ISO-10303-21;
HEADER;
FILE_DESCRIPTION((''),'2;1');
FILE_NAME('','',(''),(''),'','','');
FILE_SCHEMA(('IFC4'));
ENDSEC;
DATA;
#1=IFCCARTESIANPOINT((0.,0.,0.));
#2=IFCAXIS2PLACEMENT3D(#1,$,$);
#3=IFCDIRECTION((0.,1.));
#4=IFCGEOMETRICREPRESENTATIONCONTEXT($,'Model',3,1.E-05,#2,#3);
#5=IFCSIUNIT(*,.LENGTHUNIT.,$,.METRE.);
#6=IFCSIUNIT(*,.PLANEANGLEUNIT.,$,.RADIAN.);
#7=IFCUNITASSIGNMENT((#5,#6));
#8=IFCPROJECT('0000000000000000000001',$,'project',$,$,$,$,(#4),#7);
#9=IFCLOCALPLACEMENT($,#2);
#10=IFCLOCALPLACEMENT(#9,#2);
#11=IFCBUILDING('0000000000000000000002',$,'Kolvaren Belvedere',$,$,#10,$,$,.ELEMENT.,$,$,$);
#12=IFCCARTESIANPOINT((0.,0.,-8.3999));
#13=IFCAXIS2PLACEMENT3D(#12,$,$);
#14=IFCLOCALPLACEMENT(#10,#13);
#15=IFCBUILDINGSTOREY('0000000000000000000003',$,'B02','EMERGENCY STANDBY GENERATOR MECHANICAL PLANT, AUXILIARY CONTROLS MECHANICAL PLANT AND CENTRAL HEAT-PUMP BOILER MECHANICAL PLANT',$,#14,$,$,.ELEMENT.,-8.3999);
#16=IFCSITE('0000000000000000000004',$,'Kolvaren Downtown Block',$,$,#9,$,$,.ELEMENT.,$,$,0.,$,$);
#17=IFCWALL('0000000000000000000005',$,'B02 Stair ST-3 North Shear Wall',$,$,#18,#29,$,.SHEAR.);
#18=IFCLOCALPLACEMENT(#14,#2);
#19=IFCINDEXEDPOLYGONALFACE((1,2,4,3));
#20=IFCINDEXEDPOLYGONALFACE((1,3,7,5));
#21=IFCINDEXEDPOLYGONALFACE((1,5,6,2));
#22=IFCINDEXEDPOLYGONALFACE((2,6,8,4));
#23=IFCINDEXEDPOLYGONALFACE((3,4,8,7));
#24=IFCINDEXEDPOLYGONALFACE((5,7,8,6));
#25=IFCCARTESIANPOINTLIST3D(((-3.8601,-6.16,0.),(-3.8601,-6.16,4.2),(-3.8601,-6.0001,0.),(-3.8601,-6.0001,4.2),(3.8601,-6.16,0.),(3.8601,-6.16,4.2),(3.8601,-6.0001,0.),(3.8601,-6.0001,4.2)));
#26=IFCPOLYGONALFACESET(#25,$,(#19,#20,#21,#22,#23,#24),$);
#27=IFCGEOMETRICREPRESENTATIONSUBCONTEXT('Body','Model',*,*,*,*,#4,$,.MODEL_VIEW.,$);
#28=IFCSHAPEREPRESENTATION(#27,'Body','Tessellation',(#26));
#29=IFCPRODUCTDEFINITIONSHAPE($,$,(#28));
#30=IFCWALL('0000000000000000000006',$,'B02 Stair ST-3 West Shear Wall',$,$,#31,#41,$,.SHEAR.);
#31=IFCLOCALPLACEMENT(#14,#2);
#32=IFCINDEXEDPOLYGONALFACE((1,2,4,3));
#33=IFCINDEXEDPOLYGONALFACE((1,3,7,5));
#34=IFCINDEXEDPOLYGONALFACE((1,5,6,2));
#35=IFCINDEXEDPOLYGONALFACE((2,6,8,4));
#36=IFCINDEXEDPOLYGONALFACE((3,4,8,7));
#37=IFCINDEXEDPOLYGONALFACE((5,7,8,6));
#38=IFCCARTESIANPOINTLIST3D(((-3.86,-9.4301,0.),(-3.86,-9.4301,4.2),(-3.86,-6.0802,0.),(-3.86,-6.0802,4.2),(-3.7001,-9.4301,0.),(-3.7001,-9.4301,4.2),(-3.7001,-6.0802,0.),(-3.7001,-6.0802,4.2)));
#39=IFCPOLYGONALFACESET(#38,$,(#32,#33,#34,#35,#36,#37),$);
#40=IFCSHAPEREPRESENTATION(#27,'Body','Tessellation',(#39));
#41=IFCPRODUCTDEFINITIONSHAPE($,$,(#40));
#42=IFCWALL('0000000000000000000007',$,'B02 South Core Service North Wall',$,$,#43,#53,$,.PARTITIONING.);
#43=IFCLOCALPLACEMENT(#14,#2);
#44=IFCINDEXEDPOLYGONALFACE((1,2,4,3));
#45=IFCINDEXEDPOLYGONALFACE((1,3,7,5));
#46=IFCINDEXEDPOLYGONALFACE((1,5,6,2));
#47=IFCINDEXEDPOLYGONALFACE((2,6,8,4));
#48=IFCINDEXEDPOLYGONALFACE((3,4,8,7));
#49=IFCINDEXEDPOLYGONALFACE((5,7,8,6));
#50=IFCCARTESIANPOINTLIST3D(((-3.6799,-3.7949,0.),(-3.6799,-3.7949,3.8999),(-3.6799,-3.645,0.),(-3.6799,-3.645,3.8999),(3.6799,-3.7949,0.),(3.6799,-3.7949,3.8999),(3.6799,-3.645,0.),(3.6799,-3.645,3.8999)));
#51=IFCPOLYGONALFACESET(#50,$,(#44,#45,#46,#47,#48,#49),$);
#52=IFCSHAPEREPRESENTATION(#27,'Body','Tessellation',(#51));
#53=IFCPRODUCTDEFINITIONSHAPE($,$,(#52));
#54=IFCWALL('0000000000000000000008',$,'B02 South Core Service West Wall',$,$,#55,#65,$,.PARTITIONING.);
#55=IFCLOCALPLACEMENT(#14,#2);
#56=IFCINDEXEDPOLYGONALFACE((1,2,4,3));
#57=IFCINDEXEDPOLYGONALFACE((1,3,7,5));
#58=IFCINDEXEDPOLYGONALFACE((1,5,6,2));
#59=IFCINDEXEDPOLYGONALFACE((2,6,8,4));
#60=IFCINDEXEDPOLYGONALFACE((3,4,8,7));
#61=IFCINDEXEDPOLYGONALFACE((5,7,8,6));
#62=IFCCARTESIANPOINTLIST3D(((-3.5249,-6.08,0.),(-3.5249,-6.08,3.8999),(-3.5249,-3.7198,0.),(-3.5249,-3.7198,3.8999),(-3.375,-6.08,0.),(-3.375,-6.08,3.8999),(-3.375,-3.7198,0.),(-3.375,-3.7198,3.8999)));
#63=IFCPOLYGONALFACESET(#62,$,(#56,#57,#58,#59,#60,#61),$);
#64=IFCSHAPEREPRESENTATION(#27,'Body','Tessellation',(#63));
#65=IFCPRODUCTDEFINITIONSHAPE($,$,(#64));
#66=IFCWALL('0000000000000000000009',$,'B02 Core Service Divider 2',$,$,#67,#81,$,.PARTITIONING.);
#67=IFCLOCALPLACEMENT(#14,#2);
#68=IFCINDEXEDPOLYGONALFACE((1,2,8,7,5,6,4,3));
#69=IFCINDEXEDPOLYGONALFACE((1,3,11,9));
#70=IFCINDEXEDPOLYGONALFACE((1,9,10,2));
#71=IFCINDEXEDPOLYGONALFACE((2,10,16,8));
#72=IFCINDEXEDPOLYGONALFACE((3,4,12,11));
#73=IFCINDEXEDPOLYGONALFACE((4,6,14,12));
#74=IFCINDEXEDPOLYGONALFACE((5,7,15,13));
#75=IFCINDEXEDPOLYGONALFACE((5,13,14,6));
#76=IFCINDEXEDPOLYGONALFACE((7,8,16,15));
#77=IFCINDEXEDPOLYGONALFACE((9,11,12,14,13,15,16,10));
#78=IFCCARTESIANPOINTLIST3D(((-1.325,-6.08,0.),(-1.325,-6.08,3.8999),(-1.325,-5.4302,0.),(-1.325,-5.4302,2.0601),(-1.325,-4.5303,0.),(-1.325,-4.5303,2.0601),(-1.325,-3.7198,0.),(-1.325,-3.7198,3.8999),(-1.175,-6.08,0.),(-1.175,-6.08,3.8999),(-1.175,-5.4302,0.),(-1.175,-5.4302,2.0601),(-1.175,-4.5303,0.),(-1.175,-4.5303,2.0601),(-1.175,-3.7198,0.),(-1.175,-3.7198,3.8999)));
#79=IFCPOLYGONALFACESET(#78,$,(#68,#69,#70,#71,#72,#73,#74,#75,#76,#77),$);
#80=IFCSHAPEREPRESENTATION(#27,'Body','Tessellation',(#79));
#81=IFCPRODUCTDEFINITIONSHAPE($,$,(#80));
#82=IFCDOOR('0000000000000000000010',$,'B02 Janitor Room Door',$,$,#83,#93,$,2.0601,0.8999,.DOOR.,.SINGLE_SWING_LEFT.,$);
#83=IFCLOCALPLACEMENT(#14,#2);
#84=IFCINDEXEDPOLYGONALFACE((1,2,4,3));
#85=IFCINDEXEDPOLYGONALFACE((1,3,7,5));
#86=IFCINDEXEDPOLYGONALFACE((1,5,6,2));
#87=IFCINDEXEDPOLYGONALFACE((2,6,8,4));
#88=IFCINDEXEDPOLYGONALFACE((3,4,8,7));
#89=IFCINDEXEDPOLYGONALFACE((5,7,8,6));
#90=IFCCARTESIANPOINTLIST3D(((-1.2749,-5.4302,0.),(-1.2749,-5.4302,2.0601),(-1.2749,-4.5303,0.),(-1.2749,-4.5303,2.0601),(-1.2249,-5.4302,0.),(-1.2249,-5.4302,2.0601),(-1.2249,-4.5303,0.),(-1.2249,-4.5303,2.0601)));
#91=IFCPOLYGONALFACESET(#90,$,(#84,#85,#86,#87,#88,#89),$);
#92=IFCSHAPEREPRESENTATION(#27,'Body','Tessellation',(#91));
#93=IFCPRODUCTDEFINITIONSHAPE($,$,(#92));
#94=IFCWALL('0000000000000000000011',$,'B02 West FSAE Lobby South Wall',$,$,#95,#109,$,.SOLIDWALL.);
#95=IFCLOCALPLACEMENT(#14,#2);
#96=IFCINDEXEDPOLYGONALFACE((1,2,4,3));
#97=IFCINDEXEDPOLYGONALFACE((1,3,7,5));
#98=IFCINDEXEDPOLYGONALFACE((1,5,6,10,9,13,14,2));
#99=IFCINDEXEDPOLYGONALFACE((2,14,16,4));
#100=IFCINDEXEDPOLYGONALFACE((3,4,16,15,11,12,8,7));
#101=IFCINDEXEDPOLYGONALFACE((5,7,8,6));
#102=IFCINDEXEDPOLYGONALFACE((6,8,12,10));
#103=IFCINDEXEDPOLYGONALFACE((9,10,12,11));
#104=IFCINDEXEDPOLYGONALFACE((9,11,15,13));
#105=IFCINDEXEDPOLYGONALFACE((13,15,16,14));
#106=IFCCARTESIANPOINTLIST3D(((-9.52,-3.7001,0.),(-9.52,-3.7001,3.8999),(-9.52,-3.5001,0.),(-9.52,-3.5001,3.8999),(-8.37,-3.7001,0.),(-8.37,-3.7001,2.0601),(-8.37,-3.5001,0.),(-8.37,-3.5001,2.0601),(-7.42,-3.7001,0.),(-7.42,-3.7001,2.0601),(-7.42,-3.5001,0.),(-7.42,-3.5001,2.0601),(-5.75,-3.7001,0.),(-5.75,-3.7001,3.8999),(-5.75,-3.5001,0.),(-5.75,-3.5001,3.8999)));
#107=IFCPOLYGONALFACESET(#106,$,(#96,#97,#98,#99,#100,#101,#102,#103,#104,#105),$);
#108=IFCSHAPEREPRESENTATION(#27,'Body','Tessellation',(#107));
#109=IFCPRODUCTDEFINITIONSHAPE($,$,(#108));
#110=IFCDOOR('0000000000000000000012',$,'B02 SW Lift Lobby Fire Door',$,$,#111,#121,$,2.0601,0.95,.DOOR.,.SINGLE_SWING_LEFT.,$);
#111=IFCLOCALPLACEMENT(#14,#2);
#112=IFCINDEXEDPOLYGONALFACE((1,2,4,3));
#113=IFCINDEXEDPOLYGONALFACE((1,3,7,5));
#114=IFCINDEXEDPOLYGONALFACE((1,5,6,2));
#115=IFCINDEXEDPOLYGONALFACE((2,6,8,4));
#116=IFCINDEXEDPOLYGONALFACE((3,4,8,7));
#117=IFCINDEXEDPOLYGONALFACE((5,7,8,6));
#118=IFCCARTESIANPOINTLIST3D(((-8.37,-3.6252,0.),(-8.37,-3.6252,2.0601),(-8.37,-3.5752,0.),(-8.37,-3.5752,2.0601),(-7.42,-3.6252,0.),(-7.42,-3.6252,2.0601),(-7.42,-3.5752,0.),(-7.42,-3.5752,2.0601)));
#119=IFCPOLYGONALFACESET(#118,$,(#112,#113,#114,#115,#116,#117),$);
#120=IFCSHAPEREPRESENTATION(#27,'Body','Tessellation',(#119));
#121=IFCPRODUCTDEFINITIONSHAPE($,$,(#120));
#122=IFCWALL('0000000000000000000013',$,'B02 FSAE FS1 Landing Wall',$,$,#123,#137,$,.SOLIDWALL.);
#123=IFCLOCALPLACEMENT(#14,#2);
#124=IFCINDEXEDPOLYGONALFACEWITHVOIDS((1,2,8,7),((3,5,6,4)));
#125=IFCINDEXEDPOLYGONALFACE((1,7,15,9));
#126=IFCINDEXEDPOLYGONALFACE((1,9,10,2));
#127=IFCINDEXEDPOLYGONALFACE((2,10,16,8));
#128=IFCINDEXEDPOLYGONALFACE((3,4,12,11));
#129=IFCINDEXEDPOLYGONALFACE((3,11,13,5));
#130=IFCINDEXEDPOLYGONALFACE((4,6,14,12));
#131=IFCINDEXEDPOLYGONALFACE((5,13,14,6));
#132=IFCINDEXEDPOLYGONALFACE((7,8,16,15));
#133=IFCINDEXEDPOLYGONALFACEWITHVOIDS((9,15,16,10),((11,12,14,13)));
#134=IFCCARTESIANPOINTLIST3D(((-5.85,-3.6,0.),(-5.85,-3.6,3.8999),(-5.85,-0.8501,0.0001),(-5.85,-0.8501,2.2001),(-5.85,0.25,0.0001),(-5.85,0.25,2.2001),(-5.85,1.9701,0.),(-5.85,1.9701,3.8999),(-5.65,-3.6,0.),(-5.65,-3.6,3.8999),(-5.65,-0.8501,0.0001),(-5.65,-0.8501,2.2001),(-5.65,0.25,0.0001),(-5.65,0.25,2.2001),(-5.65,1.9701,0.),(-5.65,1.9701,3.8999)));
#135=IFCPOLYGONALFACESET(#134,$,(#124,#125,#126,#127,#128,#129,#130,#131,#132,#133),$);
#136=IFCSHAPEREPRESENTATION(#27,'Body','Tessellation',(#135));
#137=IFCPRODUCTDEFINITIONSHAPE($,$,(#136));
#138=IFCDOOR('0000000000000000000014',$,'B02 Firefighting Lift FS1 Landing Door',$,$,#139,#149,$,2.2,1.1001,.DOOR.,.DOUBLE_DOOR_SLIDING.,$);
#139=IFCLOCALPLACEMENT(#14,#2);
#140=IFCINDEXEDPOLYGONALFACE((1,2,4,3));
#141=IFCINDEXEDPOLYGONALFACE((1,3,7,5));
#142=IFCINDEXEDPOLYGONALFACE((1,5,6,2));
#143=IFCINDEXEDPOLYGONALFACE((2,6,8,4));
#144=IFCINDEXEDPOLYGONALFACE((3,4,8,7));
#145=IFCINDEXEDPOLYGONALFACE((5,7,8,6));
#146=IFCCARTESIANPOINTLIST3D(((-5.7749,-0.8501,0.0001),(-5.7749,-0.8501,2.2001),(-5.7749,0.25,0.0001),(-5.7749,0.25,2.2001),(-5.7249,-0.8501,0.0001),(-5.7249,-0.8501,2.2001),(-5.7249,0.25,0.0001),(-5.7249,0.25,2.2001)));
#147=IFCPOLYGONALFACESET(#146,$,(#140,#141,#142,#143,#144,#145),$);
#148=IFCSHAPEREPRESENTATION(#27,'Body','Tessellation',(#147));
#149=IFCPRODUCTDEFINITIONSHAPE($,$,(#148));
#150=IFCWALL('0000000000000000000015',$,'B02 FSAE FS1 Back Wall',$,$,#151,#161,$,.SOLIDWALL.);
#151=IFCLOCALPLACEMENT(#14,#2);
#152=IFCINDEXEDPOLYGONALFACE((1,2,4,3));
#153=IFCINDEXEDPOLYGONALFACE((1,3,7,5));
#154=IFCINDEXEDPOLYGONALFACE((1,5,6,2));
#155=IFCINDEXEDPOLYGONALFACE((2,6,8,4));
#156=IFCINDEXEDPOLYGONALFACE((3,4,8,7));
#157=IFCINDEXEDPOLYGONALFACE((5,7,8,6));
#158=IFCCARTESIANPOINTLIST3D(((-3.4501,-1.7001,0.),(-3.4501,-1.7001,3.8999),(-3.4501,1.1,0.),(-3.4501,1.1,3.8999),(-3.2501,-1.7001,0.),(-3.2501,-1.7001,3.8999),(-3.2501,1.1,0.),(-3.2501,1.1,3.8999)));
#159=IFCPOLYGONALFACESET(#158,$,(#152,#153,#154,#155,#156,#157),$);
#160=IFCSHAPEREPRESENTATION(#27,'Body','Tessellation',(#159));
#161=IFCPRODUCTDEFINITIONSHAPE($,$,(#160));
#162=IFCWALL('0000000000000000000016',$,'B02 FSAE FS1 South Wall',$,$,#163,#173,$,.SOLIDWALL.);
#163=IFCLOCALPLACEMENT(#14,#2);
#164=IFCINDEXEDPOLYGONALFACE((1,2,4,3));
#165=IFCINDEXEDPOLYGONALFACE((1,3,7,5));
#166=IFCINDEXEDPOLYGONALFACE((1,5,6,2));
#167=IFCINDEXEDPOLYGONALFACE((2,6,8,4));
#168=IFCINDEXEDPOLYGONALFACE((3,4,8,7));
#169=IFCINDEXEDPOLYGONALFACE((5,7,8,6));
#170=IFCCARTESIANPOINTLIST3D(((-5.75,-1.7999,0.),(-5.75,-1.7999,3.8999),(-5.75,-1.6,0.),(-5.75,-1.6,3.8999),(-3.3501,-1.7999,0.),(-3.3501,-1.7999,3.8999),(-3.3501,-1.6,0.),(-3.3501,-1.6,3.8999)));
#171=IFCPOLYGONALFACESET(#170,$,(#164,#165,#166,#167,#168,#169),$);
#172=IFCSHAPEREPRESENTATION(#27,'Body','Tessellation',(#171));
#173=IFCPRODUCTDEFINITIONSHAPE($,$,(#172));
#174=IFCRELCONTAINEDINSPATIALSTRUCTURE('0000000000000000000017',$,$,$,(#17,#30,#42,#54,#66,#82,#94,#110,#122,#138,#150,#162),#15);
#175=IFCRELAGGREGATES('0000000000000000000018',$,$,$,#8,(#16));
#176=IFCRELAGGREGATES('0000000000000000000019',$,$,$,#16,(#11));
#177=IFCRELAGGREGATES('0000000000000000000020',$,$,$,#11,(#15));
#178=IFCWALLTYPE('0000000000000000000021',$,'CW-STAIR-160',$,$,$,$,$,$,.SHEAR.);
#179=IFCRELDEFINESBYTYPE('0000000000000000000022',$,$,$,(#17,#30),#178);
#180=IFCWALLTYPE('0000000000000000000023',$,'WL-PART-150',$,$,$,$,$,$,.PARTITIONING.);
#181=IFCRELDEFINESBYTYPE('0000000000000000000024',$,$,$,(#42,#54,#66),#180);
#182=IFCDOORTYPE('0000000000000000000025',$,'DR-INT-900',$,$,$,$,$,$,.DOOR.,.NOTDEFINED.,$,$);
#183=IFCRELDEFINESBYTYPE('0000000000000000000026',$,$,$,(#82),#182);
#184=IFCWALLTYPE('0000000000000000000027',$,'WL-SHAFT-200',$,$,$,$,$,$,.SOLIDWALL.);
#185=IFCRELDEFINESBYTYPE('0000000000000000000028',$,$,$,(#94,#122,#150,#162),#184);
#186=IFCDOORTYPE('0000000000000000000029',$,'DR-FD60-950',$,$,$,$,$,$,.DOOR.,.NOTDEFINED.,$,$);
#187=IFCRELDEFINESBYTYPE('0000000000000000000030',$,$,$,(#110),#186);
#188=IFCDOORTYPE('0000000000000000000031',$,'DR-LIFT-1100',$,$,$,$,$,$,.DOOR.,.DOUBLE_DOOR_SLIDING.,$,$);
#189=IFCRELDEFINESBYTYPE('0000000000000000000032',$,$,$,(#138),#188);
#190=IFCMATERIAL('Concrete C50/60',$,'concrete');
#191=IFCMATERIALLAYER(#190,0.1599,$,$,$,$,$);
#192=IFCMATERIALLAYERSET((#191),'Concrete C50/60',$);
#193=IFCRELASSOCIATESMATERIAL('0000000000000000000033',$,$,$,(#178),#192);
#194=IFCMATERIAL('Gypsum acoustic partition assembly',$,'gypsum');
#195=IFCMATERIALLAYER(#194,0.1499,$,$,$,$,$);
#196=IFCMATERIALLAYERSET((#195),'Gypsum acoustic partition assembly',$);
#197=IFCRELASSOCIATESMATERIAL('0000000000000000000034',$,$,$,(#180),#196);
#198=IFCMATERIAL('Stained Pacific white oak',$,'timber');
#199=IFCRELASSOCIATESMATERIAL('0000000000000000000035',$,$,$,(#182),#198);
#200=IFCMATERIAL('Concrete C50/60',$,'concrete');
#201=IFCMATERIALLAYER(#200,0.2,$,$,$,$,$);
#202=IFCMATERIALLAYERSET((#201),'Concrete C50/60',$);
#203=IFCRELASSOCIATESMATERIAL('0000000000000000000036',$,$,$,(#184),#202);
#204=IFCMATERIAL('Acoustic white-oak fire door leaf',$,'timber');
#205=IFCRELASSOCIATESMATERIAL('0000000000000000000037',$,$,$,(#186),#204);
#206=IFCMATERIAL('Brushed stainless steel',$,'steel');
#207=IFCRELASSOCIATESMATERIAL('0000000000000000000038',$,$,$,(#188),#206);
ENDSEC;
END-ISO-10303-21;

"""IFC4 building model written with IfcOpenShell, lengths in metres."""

from ifc_helpers import new_model, si_unit, direction, frame, frame_2d, origin, place, context, subcontext, project, spatial, rectangle, extrude, material, layer, layer_set, type_object, element, fill, save


model = new_model("IFC4")

# Units and contexts
model_context = context("Model", 3, precision=1e-05, world=origin(), true_north=direction((0.0, 1.0)))
body_context = subcontext(model_context, "Body", "Model", "MODEL_VIEW")
ifc_project = project(units=[si_unit("LENGTHUNIT", "METRE"), si_unit("PLANEANGLEUNIT", "RADIAN")], contexts=[model_context])

# Site, building, storey
site_placement = place(None, origin())
site = spatial("IfcSite", under=ifc_project, at=site_placement, Name="Kolvaren Downtown Block", CompositionType="ELEMENT", RefElevation=0.0)
building_placement = place(site_placement, origin())
building = spatial("IfcBuilding", under=site, at=building_placement, Name="Kolvaren Belvedere", CompositionType="ELEMENT")
storey_placement = place(building_placement, frame((0.0, 0.0, -8.3999)))
storey = spatial("IfcBuildingStorey", under=building, at=storey_placement, Name="B02", Description="EMERGENCY STANDBY GENERATOR MECHANICAL PLANT, AUXILIARY CONTROLS MECHANICAL PLANT AND CENTRAL HEAT-PUMP BOILER MECHANICAL PLANT", CompositionType="ELEMENT", Elevation=-8.3999)

# Walls
ifc_material_1 = material(Name="Concrete C50/60", Category="concrete")
ifc_layer_1 = layer(ifc_material_1, 0.1599)
ifc_layer_set_1 = layer_set([ifc_layer_1], Name="Concrete C50/60")
wall_type_1 = type_object("IfcWallType", Name="CW-STAIR-160", PredefinedType="SHEAR", material=ifc_layer_set_1)
wall_1_placement = place(storey_placement, frame((-3.8601, -6.0801, 0.0), z_axis=(0.0, 0.0, 1.0), x_axis=(1.0, 0.0, 0.0)))
element("IfcWall", 1, at=wall_1_placement, inside=storey, type_object=wall_type_1, Name="B02 Stair ST-3 North Shear Wall", PredefinedType="SHEAR", context=body_context, shape_type="SweptSolid", body=[
    extrude(rectangle(XDim=7.7202, YDim=0.1599, at=frame_2d((3.8601, 0.0))), origin(), (0.0, 0.0, 1.0), 4.2),
])
wall_2_placement = place(storey_placement, frame((-3.78, -9.4299, 0.0), z_axis=(0.0, 0.0, 1.0), x_axis=(0.0, 1.0, 0.0)))
element("IfcWall", 2, at=wall_2_placement, inside=storey, type_object=wall_type_1, Name="B02 Stair ST-3 West Shear Wall", PredefinedType="SHEAR", context=body_context, shape_type="SweptSolid", body=[
    extrude(rectangle(XDim=3.3499, YDim=0.1599, at=frame_2d((1.6748, 0.0))), origin(), (0.0, 0.0, 1.0), 4.2),
])
ifc_material_2 = material(Name="Gypsum acoustic partition assembly", Category="gypsum")
ifc_layer_2 = layer(ifc_material_2, 0.1499)
ifc_layer_set_2 = layer_set([ifc_layer_2], Name="Gypsum acoustic partition assembly")
wall_type_2 = type_object("IfcWallType", Name="WL-PART-150", PredefinedType="PARTITIONING", material=ifc_layer_set_2)
wall_3_placement = place(storey_placement, frame((-3.6799, -3.72, 0.0), z_axis=(0.0, 0.0, 1.0), x_axis=(1.0, 0.0, 0.0)))
element("IfcWall", 3, at=wall_3_placement, inside=storey, type_object=wall_type_2, Name="B02 South Core Service North Wall", PredefinedType="PARTITIONING", context=body_context, shape_type="SweptSolid", body=[
    extrude(rectangle(XDim=7.3599, YDim=0.1499, at=frame_2d((3.6799, 0.0))), origin(), (0.0, 0.0, 1.0), 3.8999),
])
wall_4_placement = place(storey_placement, frame((-3.45, -6.0801, 0.0), z_axis=(0.0, 0.0, 1.0), x_axis=(0.0, 1.0, 0.0)))
element("IfcWall", 4, at=wall_4_placement, inside=storey, type_object=wall_type_2, Name="B02 South Core Service West Wall", PredefinedType="PARTITIONING", context=body_context, shape_type="SweptSolid", body=[
    extrude(rectangle(XDim=2.3601, YDim=0.1499, at=frame_2d((1.1802, 0.0))), origin(), (0.0, 0.0, 1.0), 3.8999),
])

# Walls, openings, doors
wall_5_placement = place(storey_placement, frame((-1.25, -6.0801, 0.0), z_axis=(0.0, 0.0, 1.0), x_axis=(0.0, 1.0, 0.0)))
wall_5 = element("IfcWall", 5, at=wall_5_placement, inside=storey, type_object=wall_type_2, Name="B02 Core Service Divider 2", PredefinedType="PARTITIONING", context=body_context, shape_type="SweptSolid", body=[
    extrude(rectangle(XDim=2.3601, YDim=0.1499, at=frame_2d((1.1802, 0.0))), origin(), (0.0, 0.0, 1.0), 3.8999),
])
opening_1_placement = place(wall_5_placement, frame((0.6499, 0.0, 0.0)))
opening_1 = element("IfcOpeningElement", 6, at=opening_1_placement, cuts=wall_5, PredefinedType="OPENING", context=body_context, shape_type="SweptSolid", body=[
    extrude(rectangle(XDim=0.8999, YDim=2.0601, at=frame_2d((0.45, 1.03))), frame((0.0, 0.085, 0.0), z_axis=(0.0, -1.0, 0.0), x_axis=(1.0, 0.0, 0.0)), (0.0, 0.0, 1.0), 0.1699),
])
ifc_material_3 = material(Name="Stained Pacific white oak", Category="timber")
door_type_1 = type_object("IfcDoorType", Name="DR-INT-900", OperationType="NOTDEFINED", PredefinedType="DOOR", material=ifc_material_3)
door_1_placement = place(opening_1_placement, origin())
door_1 = element("IfcDoor", 7, at=door_1_placement, inside=storey, type_object=door_type_1, Name="B02 Janitor Room Door", OperationType="SINGLE_SWING_LEFT", OverallHeight=2.0601, OverallWidth=0.8999, PredefinedType="DOOR", context=body_context, shape_type="SweptSolid", body=[
    extrude(rectangle(XDim=0.8999, YDim=2.0601, at=frame_2d((0.45, 1.03))), frame((0.0, 0.0249, 0.0), z_axis=(0.0, -1.0, 0.0), x_axis=(1.0, 0.0, 0.0)), (0.0, 0.0, 1.0), 0.05),
])
fill(opening_1, door_1)
ifc_material_4 = material(Name="Concrete C50/60", Category="concrete")
ifc_layer_3 = layer(ifc_material_4, 0.2)
ifc_layer_set_3 = layer_set([ifc_layer_3], Name="Concrete C50/60")
wall_type_3 = type_object("IfcWallType", Name="WL-SHAFT-200", PredefinedType="SOLIDWALL", material=ifc_layer_set_3)
wall_6_placement = place(storey_placement, frame((-9.52, -3.6001, 0.0), z_axis=(0.0, 0.0, 1.0), x_axis=(1.0, 0.0, 0.0)))
wall_6 = element("IfcWall", 8, at=wall_6_placement, inside=storey, type_object=wall_type_3, Name="B02 West FSAE Lobby South Wall", PredefinedType="SOLIDWALL", context=body_context, shape_type="SweptSolid", body=[
    extrude(rectangle(XDim=3.77, YDim=0.2, at=frame_2d((1.885, 0.0))), origin(), (0.0, 0.0, 1.0), 3.8999),
])
opening_2_placement = place(wall_6_placement, frame((1.1499, 0.0, 0.0)))
opening_2 = element("IfcOpeningElement", 9, at=opening_2_placement, cuts=wall_6, PredefinedType="OPENING", context=body_context, shape_type="SweptSolid", body=[
    extrude(rectangle(XDim=0.95, YDim=2.0601, at=frame_2d((0.4751, 1.03))), frame((0.0, 0.1099, 0.0), z_axis=(0.0, -1.0, 0.0), x_axis=(1.0, 0.0, 0.0)), (0.0, 0.0, 1.0), 0.22),
])
ifc_material_5 = material(Name="Acoustic white-oak fire door leaf", Category="timber")
door_type_2 = type_object("IfcDoorType", Name="DR-FD60-950", OperationType="NOTDEFINED", PredefinedType="DOOR", material=ifc_material_5)
door_2_placement = place(opening_2_placement, origin())
door_2 = element("IfcDoor", 10, at=door_2_placement, inside=storey, type_object=door_type_2, Name="B02 SW Lift Lobby Fire Door", OperationType="SINGLE_SWING_LEFT", OverallHeight=2.0601, OverallWidth=0.95, PredefinedType="DOOR", context=body_context, shape_type="SweptSolid", body=[
    extrude(rectangle(XDim=0.95, YDim=2.0601, at=frame_2d((0.4751, 1.03))), frame((0.0, 0.0249, 0.0), z_axis=(0.0, -1.0, 0.0), x_axis=(1.0, 0.0, 0.0)), (0.0, 0.0, 1.0), 0.05),
])
fill(opening_2, door_2)
wall_7_placement = place(storey_placement, frame((-5.75, -3.6001, 0.0), z_axis=(0.0, 0.0, 1.0), x_axis=(0.0, 1.0, 0.0)))
wall_7 = element("IfcWall", 11, at=wall_7_placement, inside=storey, type_object=wall_type_3, Name="B02 FSAE FS1 Landing Wall", PredefinedType="SOLIDWALL", context=body_context, shape_type="SweptSolid", body=[
    extrude(rectangle(XDim=5.5701, YDim=0.2, at=frame_2d((2.7852, 0.0))), origin(), (0.0, 0.0, 1.0), 3.8999),
])
opening_3_placement = place(wall_7_placement, frame((2.75, 0.0, 0.0)))
opening_3 = element("IfcOpeningElement", 12, at=opening_3_placement, cuts=wall_7, PredefinedType="OPENING", context=body_context, shape_type="SweptSolid", body=[
    extrude(rectangle(XDim=1.1001, YDim=2.2, at=frame_2d((0.55, 1.1001))), frame((0.0, 0.1099, 0.0), z_axis=(0.0, -1.0, 0.0), x_axis=(1.0, 0.0, 0.0)), (0.0, 0.0, 1.0), 0.22),
])
ifc_material_6 = material(Name="Brushed stainless steel", Category="steel")
door_type_3 = type_object("IfcDoorType", Name="DR-LIFT-1100", OperationType="DOUBLE_DOOR_SLIDING", PredefinedType="DOOR", material=ifc_material_6)
door_3_placement = place(opening_3_placement, origin())
door_3 = element("IfcDoor", 13, at=door_3_placement, inside=storey, type_object=door_type_3, Name="B02 Firefighting Lift FS1 Landing Door", OperationType="DOUBLE_DOOR_SLIDING", OverallHeight=2.2, OverallWidth=1.1001, PredefinedType="DOOR", context=body_context, shape_type="SweptSolid", body=[
    extrude(rectangle(XDim=1.1001, YDim=2.2, at=frame_2d((0.55, 1.1001))), frame((0.0, 0.0249, 0.0), z_axis=(0.0, -1.0, 0.0), x_axis=(1.0, 0.0, 0.0)), (0.0, 0.0, 1.0), 0.05),
])
fill(opening_3, door_3)

# Walls
wall_8_placement = place(storey_placement, frame((-3.3501, -1.7, 0.0), z_axis=(0.0, 0.0, 1.0), x_axis=(0.0, 1.0, 0.0)))
element("IfcWall", 14, at=wall_8_placement, inside=storey, type_object=wall_type_3, Name="B02 FSAE FS1 Back Wall", PredefinedType="SOLIDWALL", context=body_context, shape_type="SweptSolid", body=[
    extrude(rectangle(XDim=2.8, YDim=0.2, at=frame_2d((1.3999, 0.0))), origin(), (0.0, 0.0, 1.0), 3.8999),
])
wall_9_placement = place(storey_placement, frame((-5.75, -1.7, 0.0), z_axis=(0.0, 0.0, 1.0), x_axis=(1.0, 0.0, 0.0)))
element("IfcWall", 15, at=wall_9_placement, inside=storey, type_object=wall_type_3, Name="B02 FSAE FS1 South Wall", PredefinedType="SOLIDWALL", context=body_context, shape_type="SweptSolid", body=[
    extrude(rectangle(XDim=2.3999, YDim=0.2, at=frame_2d((1.2, 0.0))), origin(), (0.0, 0.0, 1.0), 3.8999),
])

save(model, "model.ifc")
